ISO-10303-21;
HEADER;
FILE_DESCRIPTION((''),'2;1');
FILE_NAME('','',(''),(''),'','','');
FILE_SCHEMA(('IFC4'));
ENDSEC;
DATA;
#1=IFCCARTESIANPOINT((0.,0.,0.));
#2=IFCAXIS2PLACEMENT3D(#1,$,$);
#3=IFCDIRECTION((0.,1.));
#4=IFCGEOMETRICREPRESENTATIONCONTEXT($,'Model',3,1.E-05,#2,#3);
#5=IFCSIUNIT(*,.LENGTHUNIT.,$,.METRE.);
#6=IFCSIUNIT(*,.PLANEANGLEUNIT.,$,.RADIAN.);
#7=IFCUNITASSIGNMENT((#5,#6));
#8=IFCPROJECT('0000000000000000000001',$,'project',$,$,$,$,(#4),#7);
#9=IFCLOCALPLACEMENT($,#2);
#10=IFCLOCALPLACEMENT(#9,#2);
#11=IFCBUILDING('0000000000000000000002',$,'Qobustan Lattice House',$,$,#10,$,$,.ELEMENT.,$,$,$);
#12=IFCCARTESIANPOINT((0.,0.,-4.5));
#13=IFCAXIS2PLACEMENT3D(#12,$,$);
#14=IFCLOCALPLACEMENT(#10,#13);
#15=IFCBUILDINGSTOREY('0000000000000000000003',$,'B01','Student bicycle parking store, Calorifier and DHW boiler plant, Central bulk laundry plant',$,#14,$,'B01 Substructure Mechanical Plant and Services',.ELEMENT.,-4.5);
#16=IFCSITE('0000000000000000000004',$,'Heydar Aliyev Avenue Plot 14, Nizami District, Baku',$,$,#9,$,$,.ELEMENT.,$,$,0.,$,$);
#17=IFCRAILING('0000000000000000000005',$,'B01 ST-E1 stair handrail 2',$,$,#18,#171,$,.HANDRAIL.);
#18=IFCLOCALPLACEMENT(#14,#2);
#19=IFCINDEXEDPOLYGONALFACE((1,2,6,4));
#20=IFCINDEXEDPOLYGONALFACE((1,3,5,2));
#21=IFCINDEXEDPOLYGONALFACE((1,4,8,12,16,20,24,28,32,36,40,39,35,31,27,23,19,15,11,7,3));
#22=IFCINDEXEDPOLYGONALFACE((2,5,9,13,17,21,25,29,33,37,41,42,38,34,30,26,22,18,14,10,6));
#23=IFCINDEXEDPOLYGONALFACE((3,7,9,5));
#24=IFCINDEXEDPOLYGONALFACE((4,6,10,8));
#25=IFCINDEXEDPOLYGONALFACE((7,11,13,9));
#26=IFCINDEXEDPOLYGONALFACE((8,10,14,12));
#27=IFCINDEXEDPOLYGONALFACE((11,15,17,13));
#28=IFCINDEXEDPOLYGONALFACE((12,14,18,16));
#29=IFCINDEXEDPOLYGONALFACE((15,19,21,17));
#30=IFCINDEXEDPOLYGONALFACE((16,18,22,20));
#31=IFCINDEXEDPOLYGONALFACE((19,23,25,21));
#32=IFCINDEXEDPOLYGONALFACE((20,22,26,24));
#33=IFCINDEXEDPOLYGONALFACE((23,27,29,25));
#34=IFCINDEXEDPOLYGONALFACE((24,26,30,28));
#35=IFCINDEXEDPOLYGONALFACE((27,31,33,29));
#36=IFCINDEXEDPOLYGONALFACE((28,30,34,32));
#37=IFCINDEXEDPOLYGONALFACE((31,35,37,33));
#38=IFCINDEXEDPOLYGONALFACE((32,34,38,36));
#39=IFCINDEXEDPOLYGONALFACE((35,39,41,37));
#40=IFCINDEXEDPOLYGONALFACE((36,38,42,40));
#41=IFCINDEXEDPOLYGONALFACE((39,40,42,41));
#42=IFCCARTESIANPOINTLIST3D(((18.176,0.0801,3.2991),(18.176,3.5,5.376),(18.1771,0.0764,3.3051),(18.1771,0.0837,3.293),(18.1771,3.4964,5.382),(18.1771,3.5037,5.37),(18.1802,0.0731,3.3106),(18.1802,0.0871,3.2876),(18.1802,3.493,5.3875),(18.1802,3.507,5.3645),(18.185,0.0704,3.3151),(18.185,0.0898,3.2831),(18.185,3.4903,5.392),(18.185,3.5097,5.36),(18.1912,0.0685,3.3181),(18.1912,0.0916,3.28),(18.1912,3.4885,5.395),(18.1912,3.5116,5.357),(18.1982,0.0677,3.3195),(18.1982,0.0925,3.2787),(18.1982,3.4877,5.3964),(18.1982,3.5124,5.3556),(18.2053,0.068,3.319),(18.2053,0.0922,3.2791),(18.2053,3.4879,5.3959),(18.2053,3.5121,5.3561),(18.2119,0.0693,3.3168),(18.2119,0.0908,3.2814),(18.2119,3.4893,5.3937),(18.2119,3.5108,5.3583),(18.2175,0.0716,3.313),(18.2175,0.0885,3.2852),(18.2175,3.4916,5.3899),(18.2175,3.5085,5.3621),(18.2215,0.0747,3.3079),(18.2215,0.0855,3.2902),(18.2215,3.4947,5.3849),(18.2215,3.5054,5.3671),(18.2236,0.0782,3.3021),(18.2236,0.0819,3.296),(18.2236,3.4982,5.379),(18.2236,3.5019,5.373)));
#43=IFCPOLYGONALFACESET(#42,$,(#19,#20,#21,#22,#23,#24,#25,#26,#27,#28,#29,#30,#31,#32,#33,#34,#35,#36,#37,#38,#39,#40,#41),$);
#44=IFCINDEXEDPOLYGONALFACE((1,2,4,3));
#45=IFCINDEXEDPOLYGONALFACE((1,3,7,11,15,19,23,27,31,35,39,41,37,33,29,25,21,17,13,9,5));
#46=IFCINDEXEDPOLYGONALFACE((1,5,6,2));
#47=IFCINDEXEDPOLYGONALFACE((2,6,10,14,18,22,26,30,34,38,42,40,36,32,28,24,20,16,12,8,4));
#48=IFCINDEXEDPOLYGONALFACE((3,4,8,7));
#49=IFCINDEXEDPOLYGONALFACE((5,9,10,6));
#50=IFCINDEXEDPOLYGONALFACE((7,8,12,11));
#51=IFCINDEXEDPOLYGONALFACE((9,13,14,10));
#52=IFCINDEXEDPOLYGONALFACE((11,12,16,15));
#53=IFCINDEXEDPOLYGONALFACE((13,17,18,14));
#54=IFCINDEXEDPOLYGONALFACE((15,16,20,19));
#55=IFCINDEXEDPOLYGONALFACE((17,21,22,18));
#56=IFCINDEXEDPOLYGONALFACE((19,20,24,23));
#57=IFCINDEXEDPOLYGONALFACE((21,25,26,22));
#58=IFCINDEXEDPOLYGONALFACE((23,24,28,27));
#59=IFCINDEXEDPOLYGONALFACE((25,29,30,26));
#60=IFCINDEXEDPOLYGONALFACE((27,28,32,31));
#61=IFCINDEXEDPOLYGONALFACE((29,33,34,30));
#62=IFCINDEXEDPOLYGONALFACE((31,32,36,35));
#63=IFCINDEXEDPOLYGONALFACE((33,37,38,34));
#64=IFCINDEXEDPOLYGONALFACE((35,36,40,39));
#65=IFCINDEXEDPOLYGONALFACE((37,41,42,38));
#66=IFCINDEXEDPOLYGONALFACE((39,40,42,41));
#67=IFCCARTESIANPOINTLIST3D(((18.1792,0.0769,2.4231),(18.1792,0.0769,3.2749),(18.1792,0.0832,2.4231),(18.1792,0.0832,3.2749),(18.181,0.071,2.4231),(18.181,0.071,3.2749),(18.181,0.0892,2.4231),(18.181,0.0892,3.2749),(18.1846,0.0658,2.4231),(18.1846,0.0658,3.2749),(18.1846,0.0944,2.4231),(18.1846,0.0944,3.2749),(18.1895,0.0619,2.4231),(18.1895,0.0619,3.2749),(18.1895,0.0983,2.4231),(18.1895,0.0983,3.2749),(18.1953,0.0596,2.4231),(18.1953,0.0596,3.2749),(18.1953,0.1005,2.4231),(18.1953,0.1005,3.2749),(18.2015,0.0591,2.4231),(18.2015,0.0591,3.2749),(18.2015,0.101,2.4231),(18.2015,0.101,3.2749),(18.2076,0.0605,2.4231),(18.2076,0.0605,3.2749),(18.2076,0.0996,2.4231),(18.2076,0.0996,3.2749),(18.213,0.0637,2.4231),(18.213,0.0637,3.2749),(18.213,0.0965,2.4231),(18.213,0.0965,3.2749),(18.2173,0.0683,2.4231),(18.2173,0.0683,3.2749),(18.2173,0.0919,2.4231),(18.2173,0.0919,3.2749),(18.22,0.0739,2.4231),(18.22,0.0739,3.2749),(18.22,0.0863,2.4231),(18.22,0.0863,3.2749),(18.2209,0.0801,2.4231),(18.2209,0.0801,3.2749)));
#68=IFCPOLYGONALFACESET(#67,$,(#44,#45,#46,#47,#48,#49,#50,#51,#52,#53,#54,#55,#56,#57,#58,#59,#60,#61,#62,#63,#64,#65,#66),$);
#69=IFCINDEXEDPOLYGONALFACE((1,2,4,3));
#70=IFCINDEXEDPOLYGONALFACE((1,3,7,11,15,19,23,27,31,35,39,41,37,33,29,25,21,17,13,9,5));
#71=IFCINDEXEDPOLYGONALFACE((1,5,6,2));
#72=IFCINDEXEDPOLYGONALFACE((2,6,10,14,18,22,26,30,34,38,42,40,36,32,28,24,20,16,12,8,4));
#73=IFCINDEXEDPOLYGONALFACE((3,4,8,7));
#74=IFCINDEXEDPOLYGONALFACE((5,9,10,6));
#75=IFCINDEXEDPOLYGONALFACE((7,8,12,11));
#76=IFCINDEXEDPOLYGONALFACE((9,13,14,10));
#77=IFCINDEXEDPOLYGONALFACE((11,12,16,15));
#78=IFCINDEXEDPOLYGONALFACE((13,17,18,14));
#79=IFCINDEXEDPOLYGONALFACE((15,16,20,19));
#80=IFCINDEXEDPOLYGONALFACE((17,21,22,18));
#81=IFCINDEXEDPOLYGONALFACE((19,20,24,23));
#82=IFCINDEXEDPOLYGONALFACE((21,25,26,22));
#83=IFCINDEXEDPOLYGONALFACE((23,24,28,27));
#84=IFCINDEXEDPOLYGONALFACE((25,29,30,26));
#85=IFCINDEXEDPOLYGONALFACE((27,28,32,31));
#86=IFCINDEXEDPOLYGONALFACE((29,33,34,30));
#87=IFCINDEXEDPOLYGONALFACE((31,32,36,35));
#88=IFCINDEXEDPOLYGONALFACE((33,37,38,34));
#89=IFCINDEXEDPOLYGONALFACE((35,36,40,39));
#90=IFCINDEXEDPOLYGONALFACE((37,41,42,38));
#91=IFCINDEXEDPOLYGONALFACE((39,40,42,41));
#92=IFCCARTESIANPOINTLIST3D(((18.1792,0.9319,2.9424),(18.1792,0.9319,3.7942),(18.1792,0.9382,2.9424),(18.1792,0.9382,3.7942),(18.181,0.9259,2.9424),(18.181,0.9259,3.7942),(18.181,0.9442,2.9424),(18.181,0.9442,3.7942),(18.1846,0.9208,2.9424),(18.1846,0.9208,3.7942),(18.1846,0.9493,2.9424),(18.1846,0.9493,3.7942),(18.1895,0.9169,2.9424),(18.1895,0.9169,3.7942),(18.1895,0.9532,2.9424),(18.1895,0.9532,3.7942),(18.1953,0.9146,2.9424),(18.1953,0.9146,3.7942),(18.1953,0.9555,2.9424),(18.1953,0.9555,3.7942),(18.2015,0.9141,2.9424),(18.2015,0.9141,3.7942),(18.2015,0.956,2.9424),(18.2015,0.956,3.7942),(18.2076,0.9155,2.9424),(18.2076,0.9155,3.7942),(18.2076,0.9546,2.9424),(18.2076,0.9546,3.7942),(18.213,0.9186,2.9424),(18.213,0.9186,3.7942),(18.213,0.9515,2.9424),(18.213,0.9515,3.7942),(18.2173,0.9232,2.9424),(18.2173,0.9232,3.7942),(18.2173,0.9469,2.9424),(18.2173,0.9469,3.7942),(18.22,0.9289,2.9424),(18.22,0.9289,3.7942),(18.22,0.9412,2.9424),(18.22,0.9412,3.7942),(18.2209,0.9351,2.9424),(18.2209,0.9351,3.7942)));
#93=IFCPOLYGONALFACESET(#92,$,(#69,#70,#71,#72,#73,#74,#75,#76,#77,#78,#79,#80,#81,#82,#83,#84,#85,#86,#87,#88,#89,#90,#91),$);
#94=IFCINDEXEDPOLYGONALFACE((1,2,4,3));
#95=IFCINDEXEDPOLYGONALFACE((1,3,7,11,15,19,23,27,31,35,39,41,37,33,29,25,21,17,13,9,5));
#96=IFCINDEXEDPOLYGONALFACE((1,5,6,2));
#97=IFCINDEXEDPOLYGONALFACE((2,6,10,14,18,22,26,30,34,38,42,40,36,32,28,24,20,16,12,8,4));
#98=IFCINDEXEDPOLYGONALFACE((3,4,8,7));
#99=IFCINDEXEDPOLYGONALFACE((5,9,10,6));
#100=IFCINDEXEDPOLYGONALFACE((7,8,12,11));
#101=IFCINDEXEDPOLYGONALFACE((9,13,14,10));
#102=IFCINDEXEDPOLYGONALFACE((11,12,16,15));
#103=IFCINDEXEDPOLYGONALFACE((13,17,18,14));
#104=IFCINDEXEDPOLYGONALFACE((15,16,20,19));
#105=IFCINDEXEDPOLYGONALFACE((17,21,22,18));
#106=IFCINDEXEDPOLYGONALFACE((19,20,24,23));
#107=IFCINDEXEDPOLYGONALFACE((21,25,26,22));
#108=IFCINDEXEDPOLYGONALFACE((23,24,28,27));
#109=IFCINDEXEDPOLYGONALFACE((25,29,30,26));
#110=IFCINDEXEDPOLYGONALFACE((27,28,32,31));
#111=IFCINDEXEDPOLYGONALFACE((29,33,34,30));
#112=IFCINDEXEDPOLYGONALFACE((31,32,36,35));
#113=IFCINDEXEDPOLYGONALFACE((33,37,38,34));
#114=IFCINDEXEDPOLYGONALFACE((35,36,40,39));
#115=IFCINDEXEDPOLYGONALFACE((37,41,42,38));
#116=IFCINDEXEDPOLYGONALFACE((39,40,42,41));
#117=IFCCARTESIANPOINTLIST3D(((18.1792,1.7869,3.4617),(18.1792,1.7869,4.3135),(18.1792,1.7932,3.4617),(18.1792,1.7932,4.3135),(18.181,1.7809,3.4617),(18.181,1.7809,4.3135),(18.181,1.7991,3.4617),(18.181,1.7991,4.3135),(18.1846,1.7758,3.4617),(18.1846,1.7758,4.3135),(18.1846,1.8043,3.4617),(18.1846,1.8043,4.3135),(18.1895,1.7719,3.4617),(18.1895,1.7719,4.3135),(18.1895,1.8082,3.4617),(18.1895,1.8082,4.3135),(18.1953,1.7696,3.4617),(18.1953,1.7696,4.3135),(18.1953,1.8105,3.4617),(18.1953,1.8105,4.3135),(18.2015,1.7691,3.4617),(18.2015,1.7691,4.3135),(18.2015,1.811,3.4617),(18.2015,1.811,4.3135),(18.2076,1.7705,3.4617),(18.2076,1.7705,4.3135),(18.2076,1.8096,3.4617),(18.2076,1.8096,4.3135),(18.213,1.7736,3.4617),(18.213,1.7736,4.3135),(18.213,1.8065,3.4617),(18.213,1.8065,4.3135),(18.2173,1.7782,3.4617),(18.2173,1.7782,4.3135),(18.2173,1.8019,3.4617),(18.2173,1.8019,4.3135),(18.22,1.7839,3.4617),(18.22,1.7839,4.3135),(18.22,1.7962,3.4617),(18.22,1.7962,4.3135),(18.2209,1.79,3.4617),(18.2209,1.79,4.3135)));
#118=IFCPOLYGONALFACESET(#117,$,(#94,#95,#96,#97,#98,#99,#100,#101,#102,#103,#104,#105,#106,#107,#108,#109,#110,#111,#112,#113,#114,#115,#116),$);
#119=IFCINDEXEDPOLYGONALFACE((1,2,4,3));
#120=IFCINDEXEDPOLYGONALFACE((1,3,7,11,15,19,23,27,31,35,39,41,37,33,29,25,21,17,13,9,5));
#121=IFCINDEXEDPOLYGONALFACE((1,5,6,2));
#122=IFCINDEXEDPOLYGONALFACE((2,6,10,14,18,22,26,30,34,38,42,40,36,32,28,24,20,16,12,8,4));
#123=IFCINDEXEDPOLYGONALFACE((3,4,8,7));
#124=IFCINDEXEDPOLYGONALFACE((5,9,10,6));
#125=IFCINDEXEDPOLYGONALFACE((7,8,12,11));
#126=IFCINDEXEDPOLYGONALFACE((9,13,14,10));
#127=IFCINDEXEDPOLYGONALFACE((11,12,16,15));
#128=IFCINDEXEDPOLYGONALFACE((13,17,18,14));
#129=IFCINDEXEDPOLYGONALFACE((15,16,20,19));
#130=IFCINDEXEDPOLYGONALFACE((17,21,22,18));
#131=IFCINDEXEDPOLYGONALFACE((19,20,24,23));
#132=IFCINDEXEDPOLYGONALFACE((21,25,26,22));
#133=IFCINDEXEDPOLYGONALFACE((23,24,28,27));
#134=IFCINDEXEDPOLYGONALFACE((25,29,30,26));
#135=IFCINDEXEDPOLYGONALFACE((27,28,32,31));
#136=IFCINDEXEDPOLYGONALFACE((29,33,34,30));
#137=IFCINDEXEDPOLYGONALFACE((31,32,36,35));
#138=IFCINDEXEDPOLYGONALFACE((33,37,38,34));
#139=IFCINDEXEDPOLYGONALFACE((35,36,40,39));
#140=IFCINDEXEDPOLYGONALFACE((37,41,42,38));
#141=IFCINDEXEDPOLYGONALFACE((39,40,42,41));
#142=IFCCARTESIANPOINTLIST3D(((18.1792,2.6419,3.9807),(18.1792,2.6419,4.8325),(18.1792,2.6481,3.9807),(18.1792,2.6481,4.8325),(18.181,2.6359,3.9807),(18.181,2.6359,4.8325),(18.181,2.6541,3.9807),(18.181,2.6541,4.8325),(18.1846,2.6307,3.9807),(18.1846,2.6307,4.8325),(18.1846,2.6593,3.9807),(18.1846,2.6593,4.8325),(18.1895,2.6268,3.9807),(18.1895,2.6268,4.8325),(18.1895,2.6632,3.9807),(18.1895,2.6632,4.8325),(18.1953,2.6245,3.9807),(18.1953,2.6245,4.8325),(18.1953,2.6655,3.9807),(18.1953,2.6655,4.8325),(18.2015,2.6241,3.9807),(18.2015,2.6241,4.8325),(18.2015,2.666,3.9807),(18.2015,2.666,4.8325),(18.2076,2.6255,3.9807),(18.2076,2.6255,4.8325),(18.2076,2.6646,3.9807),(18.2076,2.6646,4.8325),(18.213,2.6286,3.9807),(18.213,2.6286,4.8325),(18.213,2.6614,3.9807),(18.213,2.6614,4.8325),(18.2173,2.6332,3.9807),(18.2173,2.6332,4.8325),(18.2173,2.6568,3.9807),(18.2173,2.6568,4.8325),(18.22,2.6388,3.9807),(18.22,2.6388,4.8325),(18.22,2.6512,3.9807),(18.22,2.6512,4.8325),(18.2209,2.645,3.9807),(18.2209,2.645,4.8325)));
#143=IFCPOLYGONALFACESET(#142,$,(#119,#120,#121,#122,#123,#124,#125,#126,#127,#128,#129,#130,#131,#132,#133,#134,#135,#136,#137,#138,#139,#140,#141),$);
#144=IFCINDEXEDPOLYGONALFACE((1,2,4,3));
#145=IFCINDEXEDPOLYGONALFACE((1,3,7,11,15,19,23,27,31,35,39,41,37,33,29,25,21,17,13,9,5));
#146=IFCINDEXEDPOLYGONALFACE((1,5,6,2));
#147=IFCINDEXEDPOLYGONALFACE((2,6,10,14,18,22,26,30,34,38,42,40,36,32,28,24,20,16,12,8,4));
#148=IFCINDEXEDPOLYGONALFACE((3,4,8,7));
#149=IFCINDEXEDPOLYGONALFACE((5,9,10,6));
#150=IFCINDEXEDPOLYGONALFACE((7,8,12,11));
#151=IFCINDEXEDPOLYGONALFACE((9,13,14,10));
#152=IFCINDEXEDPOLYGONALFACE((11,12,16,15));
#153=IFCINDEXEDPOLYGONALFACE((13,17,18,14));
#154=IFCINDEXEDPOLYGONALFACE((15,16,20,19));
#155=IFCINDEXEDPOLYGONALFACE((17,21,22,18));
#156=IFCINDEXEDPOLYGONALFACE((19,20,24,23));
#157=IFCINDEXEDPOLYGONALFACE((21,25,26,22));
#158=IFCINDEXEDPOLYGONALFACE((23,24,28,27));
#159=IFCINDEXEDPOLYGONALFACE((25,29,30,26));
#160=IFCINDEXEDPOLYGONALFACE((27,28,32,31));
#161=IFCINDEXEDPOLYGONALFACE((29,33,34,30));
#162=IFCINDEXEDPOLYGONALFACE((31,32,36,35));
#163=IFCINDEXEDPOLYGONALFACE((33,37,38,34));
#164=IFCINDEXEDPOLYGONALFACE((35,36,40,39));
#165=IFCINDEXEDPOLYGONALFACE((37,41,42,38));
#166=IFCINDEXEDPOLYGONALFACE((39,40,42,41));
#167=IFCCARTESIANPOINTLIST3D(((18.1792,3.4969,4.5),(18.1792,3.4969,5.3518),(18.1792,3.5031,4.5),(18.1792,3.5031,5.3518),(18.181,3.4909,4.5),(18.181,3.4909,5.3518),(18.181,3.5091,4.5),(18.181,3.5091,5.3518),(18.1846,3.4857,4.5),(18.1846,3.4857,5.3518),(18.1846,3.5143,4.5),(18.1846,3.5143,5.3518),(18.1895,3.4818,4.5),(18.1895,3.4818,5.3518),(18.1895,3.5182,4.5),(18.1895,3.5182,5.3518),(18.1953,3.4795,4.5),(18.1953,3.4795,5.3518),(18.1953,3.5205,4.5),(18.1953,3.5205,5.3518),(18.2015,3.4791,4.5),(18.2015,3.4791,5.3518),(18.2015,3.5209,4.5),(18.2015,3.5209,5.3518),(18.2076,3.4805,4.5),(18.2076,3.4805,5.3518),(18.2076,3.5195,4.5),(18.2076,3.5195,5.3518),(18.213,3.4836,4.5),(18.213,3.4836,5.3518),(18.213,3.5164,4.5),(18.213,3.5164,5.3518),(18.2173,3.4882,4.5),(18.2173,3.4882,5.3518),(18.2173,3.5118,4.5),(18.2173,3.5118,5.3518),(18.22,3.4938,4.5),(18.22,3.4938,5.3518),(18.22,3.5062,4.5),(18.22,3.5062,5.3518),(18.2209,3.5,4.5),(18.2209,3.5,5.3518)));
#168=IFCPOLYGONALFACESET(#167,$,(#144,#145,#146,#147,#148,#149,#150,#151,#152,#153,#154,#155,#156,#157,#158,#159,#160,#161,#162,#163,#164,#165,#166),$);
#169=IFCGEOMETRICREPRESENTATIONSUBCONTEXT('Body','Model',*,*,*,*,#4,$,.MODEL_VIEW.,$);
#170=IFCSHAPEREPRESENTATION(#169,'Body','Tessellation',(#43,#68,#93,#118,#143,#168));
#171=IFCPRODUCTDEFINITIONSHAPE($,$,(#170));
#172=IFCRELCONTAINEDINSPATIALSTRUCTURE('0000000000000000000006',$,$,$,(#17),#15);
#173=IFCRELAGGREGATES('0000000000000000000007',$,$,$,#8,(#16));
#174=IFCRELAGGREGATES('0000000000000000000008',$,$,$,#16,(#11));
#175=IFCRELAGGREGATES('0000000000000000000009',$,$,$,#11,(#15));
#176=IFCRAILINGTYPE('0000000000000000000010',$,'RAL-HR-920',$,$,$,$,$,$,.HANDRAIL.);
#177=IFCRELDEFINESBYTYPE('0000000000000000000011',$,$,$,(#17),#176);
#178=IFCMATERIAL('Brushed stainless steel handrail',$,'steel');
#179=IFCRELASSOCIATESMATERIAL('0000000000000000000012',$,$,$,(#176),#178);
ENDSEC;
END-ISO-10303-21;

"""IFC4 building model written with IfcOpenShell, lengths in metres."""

from ifc_helpers import new_model, si_unit, direction, frame, origin, origin_2d, place, context, subcontext, project, spatial, circle, extrude, material, type_object, element, save


model = new_model("IFC4")

# Units and contexts
model_context = context("Model", 3, precision=1e-05, world=origin(), true_north=direction((0.0, 1.0)))
body_context = subcontext(model_context, "Body", "Model", "MODEL_VIEW")
ifc_project = project(units=[si_unit("LENGTHUNIT", "METRE"), si_unit("PLANEANGLEUNIT", "RADIAN")], contexts=[model_context])

# Site, building, storey
site_placement = place(None, origin())
site = spatial("IfcSite", under=ifc_project, at=site_placement, Name="Heydar Aliyev Avenue Plot 14, Nizami District, Baku", CompositionType="ELEMENT", RefElevation=0.0)
building_placement = place(site_placement, origin())
building = spatial("IfcBuilding", under=site, at=building_placement, Name="Qobustan Lattice House", CompositionType="ELEMENT")
storey_placement = place(building_placement, frame((0.0, 0.0, -4.5)))
storey = spatial("IfcBuildingStorey", under=building, at=storey_placement, Name="B01", Description="Student bicycle parking store, Calorifier and DHW boiler plant, Central bulk laundry plant", LongName="B01 Substructure Mechanical Plant and Services", CompositionType="ELEMENT", Elevation=-4.5)

# Railing
ifc_material_1 = material(Name="Brushed stainless steel handrail", Category="steel")
railing_type_1 = type_object("IfcRailingType", Name="RAL-HR-920", PredefinedType="HANDRAIL", material=ifc_material_1)
railing_1_placement = place(storey_placement, frame((18.2, 0.0801, 2.4231)))
element("IfcRailing", 1, at=railing_1_placement, inside=storey, type_object=railing_type_1, Name="B01 ST-E1 stair handrail 2", PredefinedType="HANDRAIL", context=body_context, shape_type="SweptSolid", body=[
    extrude(circle(Radius=0.0239, at=origin_2d()), frame((0.0, 0.0, 0.876), z_axis=(0.0, 0.85473, 0.519074), x_axis=(-1.0, 0.0, 0.0)), (0.0, 0.0, 1.0), 4.0012),
    extrude(circle(Radius=0.021, at=origin_2d()), origin(), (0.0, 0.0, 1.0), 0.8518),
    extrude(circle(Radius=0.021, at=origin_2d()), frame((0.0, 0.855, 0.5193)), (0.0, 0.0, 1.0), 0.8518),
    extrude(circle(Radius=0.021, at=origin_2d()), frame((0.0, 1.71, 1.0386)), (0.0, 0.0, 1.0), 0.8518),
    extrude(circle(Radius=0.021, at=origin_2d()), frame((0.0, 2.5649, 1.5576)), (0.0, 0.0, 1.0), 0.8518),
    extrude(circle(Radius=0.021, at=origin_2d()), frame((0.0, 3.4199, 2.0769)), (0.0, 0.0, 1.0), 0.8518),
])

save(model, "model.ifc")
